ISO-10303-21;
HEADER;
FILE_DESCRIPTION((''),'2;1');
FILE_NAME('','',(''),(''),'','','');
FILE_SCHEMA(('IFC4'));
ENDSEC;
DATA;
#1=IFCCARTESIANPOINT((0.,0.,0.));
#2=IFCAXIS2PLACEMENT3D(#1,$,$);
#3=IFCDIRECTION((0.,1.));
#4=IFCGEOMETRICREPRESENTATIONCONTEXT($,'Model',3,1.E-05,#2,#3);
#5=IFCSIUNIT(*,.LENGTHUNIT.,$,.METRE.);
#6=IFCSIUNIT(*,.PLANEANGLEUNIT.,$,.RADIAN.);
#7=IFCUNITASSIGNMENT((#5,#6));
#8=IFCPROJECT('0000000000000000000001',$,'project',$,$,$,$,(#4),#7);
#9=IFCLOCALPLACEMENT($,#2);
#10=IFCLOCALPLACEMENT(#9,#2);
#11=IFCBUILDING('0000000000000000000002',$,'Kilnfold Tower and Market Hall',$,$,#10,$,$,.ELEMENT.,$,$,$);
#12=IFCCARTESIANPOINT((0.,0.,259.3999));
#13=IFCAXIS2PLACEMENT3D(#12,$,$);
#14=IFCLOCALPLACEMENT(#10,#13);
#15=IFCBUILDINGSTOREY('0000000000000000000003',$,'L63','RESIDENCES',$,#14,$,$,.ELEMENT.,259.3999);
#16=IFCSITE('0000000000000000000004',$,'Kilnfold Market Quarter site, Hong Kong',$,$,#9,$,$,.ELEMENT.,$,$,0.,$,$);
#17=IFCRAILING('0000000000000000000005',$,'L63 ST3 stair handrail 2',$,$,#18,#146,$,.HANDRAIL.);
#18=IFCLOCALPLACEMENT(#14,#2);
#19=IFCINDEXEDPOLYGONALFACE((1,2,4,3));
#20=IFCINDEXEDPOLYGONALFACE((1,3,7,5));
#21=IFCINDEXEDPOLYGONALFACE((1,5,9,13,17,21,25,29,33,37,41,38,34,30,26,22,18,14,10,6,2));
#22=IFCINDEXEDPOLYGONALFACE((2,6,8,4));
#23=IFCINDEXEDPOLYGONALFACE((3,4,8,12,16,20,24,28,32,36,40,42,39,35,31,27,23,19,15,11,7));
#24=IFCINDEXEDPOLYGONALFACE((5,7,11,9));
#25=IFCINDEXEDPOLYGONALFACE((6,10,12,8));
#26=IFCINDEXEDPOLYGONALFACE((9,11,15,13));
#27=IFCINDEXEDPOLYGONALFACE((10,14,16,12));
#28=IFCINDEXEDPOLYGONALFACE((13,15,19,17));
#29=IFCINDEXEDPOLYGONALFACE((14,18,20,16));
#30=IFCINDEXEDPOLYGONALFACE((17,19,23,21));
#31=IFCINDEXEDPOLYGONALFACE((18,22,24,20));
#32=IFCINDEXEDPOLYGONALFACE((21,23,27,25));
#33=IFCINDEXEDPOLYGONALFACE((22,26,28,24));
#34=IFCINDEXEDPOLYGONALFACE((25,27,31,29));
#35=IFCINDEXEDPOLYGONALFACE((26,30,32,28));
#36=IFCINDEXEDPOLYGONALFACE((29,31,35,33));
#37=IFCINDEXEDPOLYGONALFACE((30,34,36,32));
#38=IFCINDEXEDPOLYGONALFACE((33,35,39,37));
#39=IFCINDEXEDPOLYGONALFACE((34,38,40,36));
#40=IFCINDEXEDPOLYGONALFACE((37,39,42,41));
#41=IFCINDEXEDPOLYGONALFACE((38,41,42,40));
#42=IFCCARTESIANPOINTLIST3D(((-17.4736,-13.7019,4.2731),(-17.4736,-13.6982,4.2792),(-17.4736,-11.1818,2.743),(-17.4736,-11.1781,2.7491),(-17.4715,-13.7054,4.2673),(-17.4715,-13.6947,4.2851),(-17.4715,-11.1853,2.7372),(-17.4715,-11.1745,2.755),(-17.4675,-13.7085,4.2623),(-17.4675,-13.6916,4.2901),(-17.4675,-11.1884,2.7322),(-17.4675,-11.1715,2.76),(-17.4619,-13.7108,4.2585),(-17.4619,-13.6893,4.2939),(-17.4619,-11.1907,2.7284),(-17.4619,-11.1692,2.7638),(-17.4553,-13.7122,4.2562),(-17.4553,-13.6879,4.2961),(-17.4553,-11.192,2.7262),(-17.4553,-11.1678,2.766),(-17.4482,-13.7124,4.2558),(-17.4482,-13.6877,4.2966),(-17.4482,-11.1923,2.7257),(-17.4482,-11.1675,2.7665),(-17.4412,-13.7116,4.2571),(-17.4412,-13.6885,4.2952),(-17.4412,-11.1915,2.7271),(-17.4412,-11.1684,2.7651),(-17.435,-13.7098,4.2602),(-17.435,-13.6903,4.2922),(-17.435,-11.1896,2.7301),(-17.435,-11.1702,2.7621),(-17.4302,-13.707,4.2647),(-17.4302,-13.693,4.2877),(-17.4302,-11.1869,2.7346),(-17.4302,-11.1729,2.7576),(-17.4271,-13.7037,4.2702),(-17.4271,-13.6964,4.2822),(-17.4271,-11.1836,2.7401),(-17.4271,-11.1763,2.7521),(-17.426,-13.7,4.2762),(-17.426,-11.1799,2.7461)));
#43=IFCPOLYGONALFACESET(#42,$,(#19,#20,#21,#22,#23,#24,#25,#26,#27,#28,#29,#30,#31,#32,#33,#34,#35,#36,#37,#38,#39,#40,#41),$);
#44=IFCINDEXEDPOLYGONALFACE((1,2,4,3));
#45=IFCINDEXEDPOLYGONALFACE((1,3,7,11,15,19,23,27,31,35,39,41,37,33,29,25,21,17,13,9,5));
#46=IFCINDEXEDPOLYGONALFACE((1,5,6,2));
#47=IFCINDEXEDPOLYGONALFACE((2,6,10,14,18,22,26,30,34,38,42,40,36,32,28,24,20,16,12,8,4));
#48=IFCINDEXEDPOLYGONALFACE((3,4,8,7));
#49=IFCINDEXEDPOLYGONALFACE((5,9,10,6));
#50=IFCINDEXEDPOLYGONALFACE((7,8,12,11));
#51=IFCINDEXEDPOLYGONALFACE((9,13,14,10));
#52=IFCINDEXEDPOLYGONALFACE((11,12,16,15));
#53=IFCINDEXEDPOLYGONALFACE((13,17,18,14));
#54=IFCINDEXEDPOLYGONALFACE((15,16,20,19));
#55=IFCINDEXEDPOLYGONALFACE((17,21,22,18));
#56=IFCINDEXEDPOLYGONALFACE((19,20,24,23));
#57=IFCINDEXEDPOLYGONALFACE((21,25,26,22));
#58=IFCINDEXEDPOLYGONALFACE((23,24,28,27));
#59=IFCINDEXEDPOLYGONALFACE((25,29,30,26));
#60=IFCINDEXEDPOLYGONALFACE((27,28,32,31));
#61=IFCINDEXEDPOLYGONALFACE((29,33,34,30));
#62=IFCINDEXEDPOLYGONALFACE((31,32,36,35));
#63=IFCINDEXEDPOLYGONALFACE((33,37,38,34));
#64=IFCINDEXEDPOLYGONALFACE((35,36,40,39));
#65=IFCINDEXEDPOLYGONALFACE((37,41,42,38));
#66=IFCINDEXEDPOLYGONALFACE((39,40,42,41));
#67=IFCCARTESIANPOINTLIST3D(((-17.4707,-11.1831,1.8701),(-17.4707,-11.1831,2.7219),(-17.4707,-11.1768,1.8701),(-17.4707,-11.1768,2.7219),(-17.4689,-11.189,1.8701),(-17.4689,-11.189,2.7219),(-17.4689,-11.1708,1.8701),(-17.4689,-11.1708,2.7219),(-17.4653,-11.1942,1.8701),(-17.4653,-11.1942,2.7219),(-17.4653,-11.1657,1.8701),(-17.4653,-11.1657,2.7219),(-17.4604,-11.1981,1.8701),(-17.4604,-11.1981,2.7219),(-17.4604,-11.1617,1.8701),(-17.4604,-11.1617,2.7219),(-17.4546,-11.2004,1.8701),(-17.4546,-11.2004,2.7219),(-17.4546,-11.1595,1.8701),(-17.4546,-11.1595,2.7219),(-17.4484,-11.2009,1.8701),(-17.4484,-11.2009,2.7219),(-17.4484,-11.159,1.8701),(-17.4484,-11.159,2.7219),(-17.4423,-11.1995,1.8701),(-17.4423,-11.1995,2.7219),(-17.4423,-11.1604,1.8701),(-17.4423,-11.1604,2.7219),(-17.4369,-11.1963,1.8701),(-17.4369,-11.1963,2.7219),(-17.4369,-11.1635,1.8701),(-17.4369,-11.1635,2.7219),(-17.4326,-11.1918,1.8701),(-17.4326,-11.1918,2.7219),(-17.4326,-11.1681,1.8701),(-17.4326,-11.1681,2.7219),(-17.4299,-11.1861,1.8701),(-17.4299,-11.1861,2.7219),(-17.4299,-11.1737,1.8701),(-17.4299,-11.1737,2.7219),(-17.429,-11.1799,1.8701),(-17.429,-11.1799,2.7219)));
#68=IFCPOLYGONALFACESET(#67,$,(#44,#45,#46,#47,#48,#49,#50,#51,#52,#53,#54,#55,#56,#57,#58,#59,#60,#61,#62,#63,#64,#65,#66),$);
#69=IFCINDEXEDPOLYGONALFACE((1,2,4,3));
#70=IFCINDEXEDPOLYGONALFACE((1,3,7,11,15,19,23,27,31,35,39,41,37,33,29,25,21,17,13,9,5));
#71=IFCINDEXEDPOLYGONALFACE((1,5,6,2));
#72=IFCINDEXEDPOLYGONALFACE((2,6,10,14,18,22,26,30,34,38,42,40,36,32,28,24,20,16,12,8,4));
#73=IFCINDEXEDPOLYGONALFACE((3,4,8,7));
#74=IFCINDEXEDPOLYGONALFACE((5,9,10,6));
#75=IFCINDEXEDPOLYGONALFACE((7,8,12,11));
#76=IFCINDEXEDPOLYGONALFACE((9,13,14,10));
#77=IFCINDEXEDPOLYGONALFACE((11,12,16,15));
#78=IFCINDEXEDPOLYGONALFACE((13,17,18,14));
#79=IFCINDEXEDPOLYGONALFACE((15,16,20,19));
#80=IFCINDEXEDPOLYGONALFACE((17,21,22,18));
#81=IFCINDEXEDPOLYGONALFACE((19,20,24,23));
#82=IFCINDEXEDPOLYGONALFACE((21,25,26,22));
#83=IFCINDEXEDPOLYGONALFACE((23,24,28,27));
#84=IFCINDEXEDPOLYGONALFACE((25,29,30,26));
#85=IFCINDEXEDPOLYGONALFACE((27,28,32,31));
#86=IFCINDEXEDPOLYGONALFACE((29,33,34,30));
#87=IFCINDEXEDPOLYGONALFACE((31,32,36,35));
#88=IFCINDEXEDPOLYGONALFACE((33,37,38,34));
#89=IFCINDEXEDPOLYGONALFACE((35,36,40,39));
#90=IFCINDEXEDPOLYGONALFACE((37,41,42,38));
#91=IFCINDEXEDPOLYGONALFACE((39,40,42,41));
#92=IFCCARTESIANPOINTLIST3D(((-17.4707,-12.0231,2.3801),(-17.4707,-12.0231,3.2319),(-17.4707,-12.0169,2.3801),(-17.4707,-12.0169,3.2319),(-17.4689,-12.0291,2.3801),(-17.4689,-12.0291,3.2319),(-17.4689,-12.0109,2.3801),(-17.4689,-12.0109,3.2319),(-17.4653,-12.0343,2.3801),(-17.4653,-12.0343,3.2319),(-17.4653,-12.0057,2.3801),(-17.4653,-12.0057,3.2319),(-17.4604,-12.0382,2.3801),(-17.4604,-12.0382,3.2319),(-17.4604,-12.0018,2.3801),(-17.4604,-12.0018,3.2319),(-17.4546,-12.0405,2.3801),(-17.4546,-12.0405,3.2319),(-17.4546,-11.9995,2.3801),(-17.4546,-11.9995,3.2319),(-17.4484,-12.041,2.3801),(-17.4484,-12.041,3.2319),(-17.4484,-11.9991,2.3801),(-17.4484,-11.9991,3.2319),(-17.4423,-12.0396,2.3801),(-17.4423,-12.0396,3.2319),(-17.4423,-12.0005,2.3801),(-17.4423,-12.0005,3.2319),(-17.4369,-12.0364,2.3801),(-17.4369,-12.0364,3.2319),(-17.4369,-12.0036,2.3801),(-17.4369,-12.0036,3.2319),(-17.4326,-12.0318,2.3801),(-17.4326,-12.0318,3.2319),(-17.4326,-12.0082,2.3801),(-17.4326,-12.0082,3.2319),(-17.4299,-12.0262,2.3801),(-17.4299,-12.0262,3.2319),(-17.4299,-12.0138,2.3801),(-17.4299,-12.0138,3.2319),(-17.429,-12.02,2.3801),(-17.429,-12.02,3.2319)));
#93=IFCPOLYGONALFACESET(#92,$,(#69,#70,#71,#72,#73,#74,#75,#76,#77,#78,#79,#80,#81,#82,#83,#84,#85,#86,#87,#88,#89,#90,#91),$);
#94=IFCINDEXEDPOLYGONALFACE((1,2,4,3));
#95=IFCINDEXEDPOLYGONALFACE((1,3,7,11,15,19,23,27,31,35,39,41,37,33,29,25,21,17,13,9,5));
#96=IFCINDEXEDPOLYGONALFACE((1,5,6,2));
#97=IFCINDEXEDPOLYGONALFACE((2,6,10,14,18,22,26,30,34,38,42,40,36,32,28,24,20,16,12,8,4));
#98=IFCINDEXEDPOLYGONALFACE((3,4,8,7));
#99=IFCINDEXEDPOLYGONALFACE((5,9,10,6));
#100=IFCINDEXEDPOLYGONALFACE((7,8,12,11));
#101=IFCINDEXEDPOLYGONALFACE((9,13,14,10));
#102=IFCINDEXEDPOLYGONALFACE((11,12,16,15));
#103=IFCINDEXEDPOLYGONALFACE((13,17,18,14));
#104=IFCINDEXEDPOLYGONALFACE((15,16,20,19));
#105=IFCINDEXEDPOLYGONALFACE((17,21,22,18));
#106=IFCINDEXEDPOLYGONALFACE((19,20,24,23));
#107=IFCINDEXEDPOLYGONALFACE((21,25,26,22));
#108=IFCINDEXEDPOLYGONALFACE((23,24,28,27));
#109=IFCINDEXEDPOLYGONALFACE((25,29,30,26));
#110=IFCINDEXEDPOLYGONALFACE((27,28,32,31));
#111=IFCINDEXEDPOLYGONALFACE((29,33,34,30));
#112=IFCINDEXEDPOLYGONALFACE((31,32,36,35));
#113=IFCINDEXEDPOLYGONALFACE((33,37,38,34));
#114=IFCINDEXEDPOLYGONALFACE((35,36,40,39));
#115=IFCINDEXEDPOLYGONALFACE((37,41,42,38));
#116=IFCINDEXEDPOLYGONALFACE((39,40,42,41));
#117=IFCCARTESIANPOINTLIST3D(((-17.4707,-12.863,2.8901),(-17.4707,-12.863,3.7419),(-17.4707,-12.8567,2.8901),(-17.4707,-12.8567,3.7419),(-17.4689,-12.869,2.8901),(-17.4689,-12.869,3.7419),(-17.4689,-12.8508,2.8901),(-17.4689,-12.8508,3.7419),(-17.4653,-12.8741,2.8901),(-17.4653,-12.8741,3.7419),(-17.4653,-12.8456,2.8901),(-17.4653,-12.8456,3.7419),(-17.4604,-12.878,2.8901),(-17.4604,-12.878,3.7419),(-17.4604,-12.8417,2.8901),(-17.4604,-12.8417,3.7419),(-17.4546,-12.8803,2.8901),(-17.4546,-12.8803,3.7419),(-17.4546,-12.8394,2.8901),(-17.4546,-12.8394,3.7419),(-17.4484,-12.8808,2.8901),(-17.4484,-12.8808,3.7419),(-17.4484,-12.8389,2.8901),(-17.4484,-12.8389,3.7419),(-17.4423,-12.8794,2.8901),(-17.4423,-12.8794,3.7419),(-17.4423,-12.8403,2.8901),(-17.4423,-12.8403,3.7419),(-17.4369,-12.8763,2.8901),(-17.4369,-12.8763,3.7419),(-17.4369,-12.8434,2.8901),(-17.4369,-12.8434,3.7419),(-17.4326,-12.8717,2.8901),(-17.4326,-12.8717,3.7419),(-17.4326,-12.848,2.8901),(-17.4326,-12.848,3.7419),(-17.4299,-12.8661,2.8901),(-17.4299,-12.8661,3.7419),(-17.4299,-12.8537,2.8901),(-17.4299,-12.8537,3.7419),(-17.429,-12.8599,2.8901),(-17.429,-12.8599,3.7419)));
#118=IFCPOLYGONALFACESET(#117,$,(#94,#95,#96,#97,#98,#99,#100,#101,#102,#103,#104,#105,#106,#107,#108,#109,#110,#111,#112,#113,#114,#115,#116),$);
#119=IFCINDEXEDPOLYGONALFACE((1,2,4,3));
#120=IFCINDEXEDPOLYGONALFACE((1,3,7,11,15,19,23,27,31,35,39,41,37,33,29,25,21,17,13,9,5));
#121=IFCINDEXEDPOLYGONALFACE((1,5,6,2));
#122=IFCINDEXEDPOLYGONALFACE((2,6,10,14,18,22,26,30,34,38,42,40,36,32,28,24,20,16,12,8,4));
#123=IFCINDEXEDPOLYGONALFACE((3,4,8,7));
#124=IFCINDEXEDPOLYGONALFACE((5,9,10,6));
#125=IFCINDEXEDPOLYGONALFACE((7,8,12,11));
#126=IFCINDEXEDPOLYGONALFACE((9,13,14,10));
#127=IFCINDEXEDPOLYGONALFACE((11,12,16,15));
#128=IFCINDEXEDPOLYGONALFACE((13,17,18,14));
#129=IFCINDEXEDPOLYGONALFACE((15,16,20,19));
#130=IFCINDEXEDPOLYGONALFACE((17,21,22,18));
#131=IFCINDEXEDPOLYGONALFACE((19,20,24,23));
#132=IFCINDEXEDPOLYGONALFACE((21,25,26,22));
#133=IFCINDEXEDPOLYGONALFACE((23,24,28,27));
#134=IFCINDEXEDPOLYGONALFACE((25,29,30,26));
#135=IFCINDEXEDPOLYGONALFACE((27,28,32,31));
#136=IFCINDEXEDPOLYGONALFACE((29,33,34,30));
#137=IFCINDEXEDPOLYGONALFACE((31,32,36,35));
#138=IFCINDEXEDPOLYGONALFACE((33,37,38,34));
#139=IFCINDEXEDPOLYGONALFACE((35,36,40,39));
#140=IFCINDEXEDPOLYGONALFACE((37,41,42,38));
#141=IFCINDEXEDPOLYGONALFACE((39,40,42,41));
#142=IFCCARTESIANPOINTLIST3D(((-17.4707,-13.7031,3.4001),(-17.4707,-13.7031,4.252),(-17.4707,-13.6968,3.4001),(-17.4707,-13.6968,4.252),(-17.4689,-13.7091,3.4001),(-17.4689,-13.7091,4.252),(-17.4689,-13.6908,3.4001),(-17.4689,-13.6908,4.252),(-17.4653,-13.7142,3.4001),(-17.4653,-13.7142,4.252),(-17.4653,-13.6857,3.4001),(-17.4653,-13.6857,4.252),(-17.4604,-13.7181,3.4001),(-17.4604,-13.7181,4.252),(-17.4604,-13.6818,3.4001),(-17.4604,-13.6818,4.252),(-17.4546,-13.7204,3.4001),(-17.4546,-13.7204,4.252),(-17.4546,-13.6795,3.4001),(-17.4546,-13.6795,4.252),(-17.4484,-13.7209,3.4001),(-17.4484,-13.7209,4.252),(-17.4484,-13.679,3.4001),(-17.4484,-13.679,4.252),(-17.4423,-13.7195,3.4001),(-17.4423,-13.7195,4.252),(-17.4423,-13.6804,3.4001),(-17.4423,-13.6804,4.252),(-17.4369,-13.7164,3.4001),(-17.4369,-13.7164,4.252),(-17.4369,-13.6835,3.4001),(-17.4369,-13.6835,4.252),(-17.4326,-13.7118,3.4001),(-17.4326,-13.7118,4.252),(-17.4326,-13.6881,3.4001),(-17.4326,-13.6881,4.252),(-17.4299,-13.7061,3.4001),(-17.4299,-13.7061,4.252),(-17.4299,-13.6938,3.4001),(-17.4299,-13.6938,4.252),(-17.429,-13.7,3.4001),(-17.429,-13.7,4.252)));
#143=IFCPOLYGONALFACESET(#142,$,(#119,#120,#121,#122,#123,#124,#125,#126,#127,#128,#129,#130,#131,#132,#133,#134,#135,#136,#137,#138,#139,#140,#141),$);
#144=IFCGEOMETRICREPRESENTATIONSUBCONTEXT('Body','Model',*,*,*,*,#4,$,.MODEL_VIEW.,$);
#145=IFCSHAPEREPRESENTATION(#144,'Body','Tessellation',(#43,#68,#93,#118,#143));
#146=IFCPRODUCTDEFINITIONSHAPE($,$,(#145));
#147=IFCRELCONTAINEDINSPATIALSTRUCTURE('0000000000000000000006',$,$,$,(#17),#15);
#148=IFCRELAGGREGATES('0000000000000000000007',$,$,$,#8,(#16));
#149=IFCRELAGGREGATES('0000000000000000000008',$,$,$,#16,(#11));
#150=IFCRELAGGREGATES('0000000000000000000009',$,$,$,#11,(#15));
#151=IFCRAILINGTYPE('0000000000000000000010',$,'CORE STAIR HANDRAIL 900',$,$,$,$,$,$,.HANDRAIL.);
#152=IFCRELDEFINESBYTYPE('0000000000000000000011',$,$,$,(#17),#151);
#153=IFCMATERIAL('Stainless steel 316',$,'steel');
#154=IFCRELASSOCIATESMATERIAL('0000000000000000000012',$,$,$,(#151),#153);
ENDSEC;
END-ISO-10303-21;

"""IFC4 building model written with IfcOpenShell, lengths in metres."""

from ifc_helpers import new_model, si_unit, direction, frame, origin, origin_2d, place, context, subcontext, project, spatial, circle, extrude, material, type_object, element, save


model = new_model("IFC4")

# Units and contexts
model_context = context("Model", 3, precision=1e-05, world=origin(), true_north=direction((0.0, 1.0)))
body_context = subcontext(model_context, "Body", "Model", "MODEL_VIEW")
ifc_project = project(units=[si_unit("LENGTHUNIT", "METRE"), si_unit("PLANEANGLEUNIT", "RADIAN")], contexts=[model_context])

# Site, building, storey
site_placement = place(None, origin())
site = spatial("IfcSite", under=ifc_project, at=site_placement, Name="Kilnfold Market Quarter site, Hong Kong", CompositionType="ELEMENT", RefElevation=0.0)
building_placement = place(site_placement, origin())
building = spatial("IfcBuilding", under=site, at=building_placement, Name="Kilnfold Tower and Market Hall", CompositionType="ELEMENT")
storey_placement = place(building_placement, frame((0.0, 0.0, 259.3999)))
storey = spatial("IfcBuildingStorey", under=building, at=storey_placement, Name="L63", Description="RESIDENCES", CompositionType="ELEMENT", Elevation=259.3999)

# Railing
ifc_material_1 = material(Name="Stainless steel 316", Category="steel")
railing_type_1 = type_object("IfcRailingType", Name="CORE STAIR HANDRAIL 900", PredefinedType="HANDRAIL", material=ifc_material_1)
railing_1_placement = place(storey_placement, frame((-17.45, -11.1799, 1.8701)))
element("IfcRailing", 1, at=railing_1_placement, inside=storey, type_object=railing_type_1, Name="L63 ST3 stair handrail 2", PredefinedType="HANDRAIL", context=body_context, shape_type="SweptSolid", body=[
    extrude(circle(Radius=0.0239, at=origin_2d()), frame((0.0, 0.0, 0.876), z_axis=(0.0, -0.854785, 0.518982), x_axis=(1.0, 0.0, 0.0)), (0.0, 0.0, 1.0), 2.9482),
    extrude(circle(Radius=0.021, at=origin_2d()), origin(), (0.0, 0.0, 1.0), 0.8518),
    extrude(circle(Radius=0.021, at=origin_2d()), frame((0.0, -0.8401, 0.51)), (0.0, 0.0, 1.0), 0.8518),
    extrude(circle(Radius=0.021, at=origin_2d()), frame((0.0, -1.6799, 1.02)), (0.0, 0.0, 1.0), 0.8518),
    extrude(circle(Radius=0.021, at=origin_2d()), frame((0.0, -2.52, 1.53)), (0.0, 0.0, 1.0), 0.8518),
])

save(model, "model.ifc")
